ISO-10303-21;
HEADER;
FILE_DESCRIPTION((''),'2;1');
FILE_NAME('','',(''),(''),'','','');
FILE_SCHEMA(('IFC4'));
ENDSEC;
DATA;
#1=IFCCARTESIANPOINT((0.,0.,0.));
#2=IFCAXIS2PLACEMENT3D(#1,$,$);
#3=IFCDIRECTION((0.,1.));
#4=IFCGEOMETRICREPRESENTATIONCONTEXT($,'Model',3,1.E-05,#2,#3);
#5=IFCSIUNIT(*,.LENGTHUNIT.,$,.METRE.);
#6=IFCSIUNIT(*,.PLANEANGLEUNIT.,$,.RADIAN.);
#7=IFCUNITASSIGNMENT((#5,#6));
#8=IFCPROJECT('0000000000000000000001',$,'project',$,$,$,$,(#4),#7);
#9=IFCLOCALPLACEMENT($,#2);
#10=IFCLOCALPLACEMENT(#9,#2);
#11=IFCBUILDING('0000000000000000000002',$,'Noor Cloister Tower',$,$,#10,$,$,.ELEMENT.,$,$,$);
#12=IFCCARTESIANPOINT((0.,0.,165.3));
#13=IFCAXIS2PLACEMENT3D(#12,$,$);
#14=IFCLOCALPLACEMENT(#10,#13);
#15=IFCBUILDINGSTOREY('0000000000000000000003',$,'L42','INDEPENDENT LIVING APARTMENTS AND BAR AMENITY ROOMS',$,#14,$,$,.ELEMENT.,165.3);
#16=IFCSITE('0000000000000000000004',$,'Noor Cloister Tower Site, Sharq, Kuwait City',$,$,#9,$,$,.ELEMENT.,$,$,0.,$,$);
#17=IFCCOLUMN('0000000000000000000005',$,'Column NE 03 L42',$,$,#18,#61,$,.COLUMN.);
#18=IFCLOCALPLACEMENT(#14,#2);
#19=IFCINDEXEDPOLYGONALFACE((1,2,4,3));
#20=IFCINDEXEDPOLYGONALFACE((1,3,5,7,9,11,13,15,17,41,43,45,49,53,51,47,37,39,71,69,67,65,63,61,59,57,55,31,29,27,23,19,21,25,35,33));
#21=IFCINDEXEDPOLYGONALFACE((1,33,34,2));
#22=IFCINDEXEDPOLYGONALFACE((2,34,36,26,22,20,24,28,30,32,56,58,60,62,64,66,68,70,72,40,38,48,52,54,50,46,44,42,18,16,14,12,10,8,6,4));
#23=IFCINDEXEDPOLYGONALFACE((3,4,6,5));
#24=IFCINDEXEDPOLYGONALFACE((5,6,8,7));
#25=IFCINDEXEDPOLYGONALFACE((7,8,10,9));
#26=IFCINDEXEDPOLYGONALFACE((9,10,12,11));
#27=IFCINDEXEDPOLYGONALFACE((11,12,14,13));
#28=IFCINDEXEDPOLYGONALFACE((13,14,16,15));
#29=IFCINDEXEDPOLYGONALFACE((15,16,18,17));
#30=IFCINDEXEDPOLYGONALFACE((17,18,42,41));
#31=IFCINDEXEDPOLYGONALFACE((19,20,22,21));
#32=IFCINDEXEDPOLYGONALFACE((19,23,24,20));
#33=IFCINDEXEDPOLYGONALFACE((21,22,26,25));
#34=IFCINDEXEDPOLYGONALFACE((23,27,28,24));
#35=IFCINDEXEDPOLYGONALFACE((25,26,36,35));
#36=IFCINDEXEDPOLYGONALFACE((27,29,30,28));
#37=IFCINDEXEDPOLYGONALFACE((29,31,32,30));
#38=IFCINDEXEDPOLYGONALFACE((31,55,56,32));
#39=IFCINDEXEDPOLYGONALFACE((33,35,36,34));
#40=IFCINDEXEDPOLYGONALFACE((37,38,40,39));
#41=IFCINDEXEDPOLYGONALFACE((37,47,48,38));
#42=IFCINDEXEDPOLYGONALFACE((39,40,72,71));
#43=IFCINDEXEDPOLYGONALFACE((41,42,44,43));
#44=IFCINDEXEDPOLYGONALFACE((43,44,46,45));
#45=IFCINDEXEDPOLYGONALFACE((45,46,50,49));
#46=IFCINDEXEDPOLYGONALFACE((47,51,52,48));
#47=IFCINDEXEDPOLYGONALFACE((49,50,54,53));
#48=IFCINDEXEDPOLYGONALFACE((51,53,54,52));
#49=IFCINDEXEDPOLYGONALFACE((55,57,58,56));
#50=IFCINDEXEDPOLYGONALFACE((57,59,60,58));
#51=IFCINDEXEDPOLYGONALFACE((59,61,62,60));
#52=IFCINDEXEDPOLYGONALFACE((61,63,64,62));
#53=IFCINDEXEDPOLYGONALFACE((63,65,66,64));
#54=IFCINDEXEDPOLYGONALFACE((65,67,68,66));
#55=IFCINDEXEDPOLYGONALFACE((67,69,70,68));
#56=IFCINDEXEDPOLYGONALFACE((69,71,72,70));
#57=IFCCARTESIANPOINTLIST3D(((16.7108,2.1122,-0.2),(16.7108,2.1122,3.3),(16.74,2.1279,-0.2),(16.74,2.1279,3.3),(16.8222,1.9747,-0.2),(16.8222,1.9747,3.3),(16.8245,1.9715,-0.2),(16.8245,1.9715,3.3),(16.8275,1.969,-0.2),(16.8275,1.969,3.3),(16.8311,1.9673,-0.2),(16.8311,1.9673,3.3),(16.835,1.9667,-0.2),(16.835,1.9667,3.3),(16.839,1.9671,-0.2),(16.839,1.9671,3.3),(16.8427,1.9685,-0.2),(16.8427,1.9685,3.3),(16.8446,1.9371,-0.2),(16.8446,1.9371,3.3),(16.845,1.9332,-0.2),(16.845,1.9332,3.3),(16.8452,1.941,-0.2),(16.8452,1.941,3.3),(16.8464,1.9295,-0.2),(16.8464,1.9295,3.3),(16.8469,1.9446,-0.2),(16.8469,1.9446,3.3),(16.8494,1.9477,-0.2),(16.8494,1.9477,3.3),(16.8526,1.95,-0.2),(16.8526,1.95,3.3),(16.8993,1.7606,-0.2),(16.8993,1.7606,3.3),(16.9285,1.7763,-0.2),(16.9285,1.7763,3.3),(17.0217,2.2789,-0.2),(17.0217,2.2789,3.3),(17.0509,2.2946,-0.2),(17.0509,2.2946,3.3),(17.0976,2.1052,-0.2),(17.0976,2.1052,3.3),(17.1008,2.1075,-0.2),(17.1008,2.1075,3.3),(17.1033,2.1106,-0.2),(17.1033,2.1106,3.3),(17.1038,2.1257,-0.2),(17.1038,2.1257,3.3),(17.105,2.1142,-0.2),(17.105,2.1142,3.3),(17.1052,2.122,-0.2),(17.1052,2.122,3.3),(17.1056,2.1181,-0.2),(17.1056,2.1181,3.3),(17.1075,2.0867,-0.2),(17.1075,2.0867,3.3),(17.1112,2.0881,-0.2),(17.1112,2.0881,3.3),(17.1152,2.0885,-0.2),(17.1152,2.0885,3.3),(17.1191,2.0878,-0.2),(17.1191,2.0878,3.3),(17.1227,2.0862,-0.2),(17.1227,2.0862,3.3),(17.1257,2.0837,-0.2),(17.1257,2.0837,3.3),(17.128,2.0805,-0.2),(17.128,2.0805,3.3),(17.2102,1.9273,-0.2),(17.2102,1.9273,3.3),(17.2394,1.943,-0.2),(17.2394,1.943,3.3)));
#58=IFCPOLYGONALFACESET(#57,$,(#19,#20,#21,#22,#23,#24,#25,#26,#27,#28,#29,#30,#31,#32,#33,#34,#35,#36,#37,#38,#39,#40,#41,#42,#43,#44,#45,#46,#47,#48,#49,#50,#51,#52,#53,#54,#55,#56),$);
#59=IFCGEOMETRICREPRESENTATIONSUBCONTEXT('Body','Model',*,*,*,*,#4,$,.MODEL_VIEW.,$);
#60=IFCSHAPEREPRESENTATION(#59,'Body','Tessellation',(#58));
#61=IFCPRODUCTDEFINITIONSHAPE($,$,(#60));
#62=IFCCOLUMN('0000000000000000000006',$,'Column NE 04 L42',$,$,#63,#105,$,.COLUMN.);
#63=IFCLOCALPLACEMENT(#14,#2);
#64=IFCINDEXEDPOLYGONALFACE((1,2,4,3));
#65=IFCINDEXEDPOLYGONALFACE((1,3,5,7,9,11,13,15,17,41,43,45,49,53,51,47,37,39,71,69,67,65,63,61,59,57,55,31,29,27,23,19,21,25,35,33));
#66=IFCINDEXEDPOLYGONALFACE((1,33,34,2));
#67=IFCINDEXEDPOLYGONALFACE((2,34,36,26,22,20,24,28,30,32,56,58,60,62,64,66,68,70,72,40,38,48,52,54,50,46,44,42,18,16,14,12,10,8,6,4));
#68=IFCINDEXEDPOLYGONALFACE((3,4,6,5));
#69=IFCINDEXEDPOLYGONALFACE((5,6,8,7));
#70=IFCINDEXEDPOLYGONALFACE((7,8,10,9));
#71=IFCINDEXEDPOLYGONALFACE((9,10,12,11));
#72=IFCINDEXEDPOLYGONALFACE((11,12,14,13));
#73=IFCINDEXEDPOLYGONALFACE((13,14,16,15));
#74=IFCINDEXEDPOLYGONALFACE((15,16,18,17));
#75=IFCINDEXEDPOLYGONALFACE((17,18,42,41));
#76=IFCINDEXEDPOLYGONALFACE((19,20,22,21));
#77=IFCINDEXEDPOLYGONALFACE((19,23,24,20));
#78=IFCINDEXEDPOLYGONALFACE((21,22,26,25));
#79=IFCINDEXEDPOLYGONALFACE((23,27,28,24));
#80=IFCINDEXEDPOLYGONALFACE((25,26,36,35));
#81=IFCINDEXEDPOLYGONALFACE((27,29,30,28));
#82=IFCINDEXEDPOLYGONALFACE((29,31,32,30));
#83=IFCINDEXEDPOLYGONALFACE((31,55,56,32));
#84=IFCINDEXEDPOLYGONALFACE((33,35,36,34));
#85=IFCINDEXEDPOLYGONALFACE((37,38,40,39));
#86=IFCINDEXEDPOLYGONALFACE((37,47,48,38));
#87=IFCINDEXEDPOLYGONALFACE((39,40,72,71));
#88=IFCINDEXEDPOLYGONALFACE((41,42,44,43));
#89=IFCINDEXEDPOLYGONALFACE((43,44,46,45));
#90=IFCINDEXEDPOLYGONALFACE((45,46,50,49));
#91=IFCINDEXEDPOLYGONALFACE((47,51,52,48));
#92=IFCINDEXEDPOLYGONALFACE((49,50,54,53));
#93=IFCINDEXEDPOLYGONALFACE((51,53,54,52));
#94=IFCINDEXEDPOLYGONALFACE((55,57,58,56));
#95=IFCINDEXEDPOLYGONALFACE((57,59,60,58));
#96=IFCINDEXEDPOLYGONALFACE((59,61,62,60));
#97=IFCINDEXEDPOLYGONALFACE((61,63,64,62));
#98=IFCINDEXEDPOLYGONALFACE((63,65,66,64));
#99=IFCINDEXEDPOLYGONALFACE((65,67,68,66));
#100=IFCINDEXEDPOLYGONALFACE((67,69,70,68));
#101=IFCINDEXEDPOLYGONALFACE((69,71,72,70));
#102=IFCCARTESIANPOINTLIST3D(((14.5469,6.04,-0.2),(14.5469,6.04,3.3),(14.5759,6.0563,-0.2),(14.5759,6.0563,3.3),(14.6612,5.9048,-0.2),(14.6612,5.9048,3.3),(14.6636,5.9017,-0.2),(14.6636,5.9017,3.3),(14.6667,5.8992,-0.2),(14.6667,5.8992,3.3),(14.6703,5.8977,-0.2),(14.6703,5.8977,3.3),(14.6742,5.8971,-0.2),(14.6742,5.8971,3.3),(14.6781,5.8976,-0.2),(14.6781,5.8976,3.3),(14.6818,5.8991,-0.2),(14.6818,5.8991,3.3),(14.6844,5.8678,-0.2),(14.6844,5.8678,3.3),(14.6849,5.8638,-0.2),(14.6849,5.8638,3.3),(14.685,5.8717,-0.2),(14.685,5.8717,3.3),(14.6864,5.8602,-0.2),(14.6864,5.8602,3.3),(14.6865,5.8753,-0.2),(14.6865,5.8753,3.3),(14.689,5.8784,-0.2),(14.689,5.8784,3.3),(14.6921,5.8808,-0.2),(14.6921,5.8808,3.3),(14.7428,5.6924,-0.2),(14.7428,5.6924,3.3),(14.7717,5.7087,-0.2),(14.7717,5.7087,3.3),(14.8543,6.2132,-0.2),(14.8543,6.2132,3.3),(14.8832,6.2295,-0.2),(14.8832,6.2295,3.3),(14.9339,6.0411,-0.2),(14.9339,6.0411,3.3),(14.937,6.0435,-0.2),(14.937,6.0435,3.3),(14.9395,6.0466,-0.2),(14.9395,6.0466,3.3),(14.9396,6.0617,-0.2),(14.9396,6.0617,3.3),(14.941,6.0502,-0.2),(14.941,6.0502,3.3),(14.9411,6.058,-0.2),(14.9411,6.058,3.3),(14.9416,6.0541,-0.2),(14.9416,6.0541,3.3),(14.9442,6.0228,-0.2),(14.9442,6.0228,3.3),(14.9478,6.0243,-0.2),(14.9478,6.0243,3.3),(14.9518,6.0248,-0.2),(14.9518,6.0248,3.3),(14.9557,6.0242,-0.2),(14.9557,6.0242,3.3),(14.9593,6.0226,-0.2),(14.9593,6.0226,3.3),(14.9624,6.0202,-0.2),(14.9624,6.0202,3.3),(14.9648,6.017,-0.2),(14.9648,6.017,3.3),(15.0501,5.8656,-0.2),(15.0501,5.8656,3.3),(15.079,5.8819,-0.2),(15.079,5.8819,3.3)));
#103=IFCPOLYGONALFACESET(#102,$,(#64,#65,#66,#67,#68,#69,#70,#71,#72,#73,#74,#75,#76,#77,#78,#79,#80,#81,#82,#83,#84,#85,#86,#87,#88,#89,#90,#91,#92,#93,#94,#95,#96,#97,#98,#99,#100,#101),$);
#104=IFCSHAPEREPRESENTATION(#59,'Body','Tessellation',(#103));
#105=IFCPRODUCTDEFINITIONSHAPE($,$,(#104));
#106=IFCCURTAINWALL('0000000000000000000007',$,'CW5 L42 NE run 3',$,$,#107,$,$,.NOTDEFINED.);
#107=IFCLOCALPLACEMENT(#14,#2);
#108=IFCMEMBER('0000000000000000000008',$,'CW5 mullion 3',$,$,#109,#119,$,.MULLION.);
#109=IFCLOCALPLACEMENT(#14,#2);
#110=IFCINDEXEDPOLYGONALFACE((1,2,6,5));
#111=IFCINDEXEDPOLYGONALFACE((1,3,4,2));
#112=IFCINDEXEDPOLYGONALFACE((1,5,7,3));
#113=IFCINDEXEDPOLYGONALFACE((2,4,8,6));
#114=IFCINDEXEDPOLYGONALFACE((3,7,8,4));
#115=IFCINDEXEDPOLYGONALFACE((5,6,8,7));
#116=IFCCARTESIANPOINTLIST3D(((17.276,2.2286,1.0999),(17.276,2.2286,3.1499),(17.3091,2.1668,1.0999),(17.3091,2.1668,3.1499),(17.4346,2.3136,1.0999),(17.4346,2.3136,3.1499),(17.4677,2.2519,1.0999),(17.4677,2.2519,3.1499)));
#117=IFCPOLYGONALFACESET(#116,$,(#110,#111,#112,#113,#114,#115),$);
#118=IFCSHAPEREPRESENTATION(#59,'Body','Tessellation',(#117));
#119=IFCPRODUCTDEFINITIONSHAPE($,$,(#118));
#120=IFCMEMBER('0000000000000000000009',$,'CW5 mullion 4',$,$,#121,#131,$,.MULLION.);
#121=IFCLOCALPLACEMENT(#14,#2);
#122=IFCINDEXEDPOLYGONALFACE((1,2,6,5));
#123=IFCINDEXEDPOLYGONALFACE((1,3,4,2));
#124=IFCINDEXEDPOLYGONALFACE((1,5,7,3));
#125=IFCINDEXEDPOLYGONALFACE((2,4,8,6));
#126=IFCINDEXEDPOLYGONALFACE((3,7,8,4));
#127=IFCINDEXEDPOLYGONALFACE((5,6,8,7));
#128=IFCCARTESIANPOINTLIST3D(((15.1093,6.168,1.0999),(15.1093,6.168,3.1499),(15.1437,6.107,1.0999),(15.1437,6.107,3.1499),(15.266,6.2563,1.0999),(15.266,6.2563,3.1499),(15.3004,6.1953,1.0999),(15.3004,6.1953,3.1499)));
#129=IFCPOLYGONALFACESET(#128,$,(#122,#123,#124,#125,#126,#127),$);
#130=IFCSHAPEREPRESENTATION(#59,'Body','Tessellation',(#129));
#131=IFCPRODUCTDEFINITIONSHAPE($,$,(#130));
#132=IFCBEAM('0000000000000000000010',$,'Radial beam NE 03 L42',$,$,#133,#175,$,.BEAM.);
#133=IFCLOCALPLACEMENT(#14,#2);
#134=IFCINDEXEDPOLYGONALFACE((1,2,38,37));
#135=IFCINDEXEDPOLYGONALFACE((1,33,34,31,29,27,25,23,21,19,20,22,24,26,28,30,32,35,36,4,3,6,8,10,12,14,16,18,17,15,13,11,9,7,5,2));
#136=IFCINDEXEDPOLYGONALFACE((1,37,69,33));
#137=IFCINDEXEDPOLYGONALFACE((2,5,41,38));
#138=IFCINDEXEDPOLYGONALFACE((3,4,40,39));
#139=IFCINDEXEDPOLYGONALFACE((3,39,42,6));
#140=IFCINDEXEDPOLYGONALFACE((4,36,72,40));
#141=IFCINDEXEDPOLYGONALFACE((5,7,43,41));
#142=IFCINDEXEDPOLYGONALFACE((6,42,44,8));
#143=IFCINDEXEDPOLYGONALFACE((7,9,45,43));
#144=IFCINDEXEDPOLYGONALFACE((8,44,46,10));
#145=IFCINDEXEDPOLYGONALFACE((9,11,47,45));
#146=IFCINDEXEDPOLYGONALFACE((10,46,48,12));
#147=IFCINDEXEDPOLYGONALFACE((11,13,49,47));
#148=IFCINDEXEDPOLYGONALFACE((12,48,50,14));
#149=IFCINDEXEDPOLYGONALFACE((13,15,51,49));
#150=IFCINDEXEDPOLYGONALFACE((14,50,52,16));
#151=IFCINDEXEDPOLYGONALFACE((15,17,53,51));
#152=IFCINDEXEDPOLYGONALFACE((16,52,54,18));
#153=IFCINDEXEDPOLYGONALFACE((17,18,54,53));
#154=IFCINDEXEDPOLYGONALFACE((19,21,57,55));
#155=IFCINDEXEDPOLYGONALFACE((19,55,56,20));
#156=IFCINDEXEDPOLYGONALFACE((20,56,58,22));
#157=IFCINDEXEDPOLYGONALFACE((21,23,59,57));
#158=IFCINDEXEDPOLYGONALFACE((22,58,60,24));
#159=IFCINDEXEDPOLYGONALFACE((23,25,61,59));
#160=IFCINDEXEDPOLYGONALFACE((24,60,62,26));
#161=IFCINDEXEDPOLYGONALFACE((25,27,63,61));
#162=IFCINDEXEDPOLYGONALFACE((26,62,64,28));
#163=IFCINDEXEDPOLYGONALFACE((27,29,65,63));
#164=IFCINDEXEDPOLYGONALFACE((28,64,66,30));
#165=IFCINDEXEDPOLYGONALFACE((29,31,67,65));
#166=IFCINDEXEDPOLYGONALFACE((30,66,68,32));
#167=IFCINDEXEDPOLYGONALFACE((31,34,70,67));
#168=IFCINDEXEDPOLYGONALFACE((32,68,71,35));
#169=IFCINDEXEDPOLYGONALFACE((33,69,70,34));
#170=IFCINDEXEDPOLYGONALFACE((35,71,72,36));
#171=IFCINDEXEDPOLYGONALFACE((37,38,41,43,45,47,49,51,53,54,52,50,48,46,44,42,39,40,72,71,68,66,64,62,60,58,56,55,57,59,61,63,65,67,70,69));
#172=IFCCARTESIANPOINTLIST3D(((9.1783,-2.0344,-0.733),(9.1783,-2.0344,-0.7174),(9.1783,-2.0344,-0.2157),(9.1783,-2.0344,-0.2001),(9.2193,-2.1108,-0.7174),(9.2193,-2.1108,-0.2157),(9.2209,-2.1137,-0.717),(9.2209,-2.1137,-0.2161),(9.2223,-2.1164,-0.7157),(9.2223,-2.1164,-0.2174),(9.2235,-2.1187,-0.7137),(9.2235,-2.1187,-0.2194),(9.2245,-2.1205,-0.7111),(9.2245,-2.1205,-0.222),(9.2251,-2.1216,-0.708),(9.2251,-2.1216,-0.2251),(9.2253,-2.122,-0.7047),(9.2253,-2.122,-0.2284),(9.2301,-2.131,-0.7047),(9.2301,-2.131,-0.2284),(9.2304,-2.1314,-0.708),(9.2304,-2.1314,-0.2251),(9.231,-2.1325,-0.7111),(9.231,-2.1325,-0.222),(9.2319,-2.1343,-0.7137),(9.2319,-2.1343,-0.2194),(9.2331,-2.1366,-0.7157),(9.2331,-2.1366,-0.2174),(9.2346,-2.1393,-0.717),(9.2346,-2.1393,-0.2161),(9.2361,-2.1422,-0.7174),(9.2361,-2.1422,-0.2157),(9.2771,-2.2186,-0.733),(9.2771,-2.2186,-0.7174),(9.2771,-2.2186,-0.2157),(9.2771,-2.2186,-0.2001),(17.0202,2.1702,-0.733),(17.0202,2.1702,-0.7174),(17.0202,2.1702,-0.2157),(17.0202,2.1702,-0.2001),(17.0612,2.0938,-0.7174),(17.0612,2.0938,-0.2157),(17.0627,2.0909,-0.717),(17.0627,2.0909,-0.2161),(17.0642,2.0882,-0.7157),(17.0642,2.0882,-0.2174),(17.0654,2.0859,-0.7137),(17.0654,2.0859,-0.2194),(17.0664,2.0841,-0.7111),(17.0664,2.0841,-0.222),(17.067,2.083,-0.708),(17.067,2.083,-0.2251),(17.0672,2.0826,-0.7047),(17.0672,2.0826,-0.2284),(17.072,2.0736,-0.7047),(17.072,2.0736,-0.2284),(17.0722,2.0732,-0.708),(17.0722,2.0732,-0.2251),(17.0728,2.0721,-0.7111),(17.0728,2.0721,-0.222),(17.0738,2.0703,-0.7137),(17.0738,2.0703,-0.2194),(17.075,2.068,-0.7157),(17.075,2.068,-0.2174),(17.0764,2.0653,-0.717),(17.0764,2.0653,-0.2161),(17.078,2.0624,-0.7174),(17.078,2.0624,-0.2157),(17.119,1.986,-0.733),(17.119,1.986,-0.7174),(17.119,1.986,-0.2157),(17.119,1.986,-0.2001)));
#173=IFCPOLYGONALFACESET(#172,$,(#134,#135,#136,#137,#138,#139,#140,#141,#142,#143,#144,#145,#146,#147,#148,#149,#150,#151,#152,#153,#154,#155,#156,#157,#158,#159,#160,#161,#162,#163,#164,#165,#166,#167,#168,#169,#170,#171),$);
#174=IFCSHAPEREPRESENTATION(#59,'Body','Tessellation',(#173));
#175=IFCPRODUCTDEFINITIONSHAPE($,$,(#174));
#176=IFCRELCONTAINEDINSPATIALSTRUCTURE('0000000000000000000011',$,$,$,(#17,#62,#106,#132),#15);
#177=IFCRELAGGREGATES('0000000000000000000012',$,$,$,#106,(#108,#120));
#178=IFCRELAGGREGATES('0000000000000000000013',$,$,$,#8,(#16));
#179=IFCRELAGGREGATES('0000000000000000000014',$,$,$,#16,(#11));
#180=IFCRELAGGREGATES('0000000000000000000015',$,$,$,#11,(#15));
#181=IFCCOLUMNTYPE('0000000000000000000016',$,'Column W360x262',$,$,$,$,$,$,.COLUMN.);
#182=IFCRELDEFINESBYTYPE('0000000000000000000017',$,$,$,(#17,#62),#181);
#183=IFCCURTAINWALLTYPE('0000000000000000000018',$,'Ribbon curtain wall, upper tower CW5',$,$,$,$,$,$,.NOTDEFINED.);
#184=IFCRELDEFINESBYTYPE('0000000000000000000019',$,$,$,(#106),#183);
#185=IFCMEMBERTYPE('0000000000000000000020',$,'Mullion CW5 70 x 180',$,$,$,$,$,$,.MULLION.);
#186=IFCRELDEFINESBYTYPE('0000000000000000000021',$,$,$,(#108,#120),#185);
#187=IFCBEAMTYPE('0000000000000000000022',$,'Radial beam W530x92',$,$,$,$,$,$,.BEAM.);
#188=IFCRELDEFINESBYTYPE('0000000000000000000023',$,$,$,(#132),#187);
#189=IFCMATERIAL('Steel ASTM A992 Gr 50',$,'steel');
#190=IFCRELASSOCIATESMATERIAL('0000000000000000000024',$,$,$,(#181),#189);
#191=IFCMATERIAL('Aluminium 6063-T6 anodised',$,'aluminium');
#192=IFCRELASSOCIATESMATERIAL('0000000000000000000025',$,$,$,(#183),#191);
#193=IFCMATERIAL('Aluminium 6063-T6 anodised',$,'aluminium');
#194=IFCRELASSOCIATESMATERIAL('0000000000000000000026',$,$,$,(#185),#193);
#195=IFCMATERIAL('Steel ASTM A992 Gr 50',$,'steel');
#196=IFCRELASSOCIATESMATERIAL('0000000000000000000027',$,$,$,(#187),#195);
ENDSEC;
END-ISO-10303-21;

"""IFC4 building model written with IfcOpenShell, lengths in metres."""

from ifc_helpers import new_model, si_unit, direction, frame, origin, origin_2d, place, context, subcontext, project, spatial, rectangle, i_section, extrude, material, material_profile, profile_set, type_object, element, aggregate, save


model = new_model("IFC4")

# Units and contexts
model_context = context("Model", 3, precision=1e-05, world=origin(), true_north=direction((0.0, 1.0)))
body_context = subcontext(model_context, "Body", "Model", "MODEL_VIEW")
ifc_project = project(units=[si_unit("LENGTHUNIT", "METRE"), si_unit("PLANEANGLEUNIT", "RADIAN")], contexts=[model_context])

# Site, building, storey
site_placement = place(None, origin())
site = spatial("IfcSite", under=ifc_project, at=site_placement, Name="Noor Cloister Tower Site, Sharq, Kuwait City", CompositionType="ELEMENT", RefElevation=0.0)
building_placement = place(site_placement, origin())
building = spatial("IfcBuilding", under=site, at=building_placement, Name="Noor Cloister Tower", CompositionType="ELEMENT")
storey_placement = place(building_placement, frame((0.0, 0.0, 165.3)))
storey = spatial("IfcBuildingStorey", under=building, at=storey_placement, Name="L42", Description="INDEPENDENT LIVING APARTMENTS AND BAR AMENITY ROOMS", CompositionType="ELEMENT", Elevation=165.3)

# Columns
ifc_material_1 = material(Name="Steel ASTM A992 Gr 50", Category="steel")
ifc_material_profile_1 = material_profile(ifc_material_1, i_section(OverallWidth=0.3989, OverallDepth=0.386, WebThickness=0.021, FlangeThickness=0.0332, FilletRadius=0.0151, at=origin_2d()), Name="W360x262")
ifc_profile_set_1 = profile_set([ifc_material_profile_1], Name="Steel ASTM A992 Gr 50")
column_type = type_object("IfcColumnType", Name="Column W360x262", PredefinedType="COLUMN", material=ifc_profile_set_1)
for number, where, z_axis, x_axis, name in (
    (1, (16.9751, 2.0276, -0.2), (0.0, 0.0, 1.0), (-0.472548, 0.881305, 0.0), "Column NE 03 L42"),
    (2, (14.813, 5.9609, -0.2), (0.0, 0.0, 1.0), (-0.490903, 0.871214, 0.0), "Column NE 04 L42"),
):
    element("IfcColumn", number, at=place(storey_placement, frame(where, z_axis=z_axis, x_axis=x_axis)), inside=storey, type_object=column_type, Name=name, PredefinedType="COLUMN", context=body_context, shape_type="SweptSolid", body=[
        extrude(i_section(OverallWidth=0.3989, OverallDepth=0.386, WebThickness=0.021, FlangeThickness=0.0332, FilletRadius=0.0151, at=origin_2d()), origin(), (0.0, 0.0, 1.0), 3.5),
    ])

# Curtain wall, members
ifc_material_2 = material(Name="Aluminium 6063-T6 anodised", Category="aluminium")
curtain_wall_type = type_object("IfcCurtainWallType", Name="Ribbon curtain wall, upper tower CW5", PredefinedType="NOTDEFINED", material=ifc_material_2)
curtain_wall_placement = place(storey_placement, origin())
curtain_wall = element("IfcCurtainWall", 3, at=curtain_wall_placement, inside=storey, type_object=curtain_wall_type, Name="CW5 L42 NE run 3", PredefinedType="NOTDEFINED")
ifc_material_3 = material(Name="Aluminium 6063-T6 anodised", Category="aluminium")
ifc_material_profile_2 = material_profile(ifc_material_3, rectangle(XDim=0.1799, YDim=0.0701, at=origin_2d()), Name="180 x 70 mullion")
ifc_profile_set_2 = profile_set([ifc_material_profile_2], Name="Aluminium 6063-T6 anodised")
member_type = type_object("IfcMemberType", Name="Mullion CW5 70 x 180", PredefinedType="MULLION", material=ifc_profile_set_2)
member_1_placement = place(storey_placement, frame((17.3718, 2.2402, 1.0999), z_axis=(0.0, 0.0, 1.0), x_axis=(-0.881305, -0.472548, 0.0)))
member_1 = element("IfcMember", 4, at=member_1_placement, type_object=member_type, Name="CW5 mullion 3", PredefinedType="MULLION", context=body_context, shape_type="SweptSolid", body=[
    extrude(rectangle(XDim=0.1799, YDim=0.0701, at=origin_2d()), origin(), (0.0, 0.0, 1.0), 2.05),
])
member_2_placement = place(storey_placement, frame((15.2048, 6.1816, 1.0999), z_axis=(0.0, 0.0, 1.0), x_axis=(-0.871214, -0.490903, 0.0)))
member_2 = element("IfcMember", 5, at=member_2_placement, type_object=member_type, Name="CW5 mullion 4", PredefinedType="MULLION", context=body_context, shape_type="SweptSolid", body=[
    extrude(rectangle(XDim=0.1799, YDim=0.0701, at=origin_2d()), origin(), (0.0, 0.0, 1.0), 2.05),
])

# Beam
ifc_material_4 = material(Name="Steel ASTM A992 Gr 50", Category="steel")
ifc_material_profile_3 = material_profile(ifc_material_4, i_section(OverallWidth=0.209, OverallDepth=0.533, WebThickness=0.0103, FlangeThickness=0.0156, FilletRadius=0.0127, at=origin_2d()), Name="W530x92")
ifc_profile_set_3 = profile_set([ifc_material_profile_3], Name="Steel ASTM A992 Gr 50")
beam_type_1 = type_object("IfcBeamType", Name="Radial beam W530x92", PredefinedType="BEAM", material=ifc_profile_set_3)
beam_1_placement = place(storey_placement, frame((17.0696, 2.0781, -0.4666), z_axis=(-0.88131, -0.472538, 0.0), x_axis=(0.472538, -0.88131, 0.0)))
element("IfcBeam", 6, at=beam_1_placement, inside=storey, type_object=beam_type_1, Name="Radial beam NE 03 L42", PredefinedType="BEAM", context=body_context, shape_type="SweptSolid", body=[
    extrude(i_section(OverallWidth=0.209, OverallDepth=0.533, WebThickness=0.0103, FlangeThickness=0.0156, FilletRadius=0.0127, at=origin_2d()), origin(), (0.0, 0.0, 1.0), 8.8979),
])

aggregate(curtain_wall, [member_1, member_2])

save(model, "model.ifc")
